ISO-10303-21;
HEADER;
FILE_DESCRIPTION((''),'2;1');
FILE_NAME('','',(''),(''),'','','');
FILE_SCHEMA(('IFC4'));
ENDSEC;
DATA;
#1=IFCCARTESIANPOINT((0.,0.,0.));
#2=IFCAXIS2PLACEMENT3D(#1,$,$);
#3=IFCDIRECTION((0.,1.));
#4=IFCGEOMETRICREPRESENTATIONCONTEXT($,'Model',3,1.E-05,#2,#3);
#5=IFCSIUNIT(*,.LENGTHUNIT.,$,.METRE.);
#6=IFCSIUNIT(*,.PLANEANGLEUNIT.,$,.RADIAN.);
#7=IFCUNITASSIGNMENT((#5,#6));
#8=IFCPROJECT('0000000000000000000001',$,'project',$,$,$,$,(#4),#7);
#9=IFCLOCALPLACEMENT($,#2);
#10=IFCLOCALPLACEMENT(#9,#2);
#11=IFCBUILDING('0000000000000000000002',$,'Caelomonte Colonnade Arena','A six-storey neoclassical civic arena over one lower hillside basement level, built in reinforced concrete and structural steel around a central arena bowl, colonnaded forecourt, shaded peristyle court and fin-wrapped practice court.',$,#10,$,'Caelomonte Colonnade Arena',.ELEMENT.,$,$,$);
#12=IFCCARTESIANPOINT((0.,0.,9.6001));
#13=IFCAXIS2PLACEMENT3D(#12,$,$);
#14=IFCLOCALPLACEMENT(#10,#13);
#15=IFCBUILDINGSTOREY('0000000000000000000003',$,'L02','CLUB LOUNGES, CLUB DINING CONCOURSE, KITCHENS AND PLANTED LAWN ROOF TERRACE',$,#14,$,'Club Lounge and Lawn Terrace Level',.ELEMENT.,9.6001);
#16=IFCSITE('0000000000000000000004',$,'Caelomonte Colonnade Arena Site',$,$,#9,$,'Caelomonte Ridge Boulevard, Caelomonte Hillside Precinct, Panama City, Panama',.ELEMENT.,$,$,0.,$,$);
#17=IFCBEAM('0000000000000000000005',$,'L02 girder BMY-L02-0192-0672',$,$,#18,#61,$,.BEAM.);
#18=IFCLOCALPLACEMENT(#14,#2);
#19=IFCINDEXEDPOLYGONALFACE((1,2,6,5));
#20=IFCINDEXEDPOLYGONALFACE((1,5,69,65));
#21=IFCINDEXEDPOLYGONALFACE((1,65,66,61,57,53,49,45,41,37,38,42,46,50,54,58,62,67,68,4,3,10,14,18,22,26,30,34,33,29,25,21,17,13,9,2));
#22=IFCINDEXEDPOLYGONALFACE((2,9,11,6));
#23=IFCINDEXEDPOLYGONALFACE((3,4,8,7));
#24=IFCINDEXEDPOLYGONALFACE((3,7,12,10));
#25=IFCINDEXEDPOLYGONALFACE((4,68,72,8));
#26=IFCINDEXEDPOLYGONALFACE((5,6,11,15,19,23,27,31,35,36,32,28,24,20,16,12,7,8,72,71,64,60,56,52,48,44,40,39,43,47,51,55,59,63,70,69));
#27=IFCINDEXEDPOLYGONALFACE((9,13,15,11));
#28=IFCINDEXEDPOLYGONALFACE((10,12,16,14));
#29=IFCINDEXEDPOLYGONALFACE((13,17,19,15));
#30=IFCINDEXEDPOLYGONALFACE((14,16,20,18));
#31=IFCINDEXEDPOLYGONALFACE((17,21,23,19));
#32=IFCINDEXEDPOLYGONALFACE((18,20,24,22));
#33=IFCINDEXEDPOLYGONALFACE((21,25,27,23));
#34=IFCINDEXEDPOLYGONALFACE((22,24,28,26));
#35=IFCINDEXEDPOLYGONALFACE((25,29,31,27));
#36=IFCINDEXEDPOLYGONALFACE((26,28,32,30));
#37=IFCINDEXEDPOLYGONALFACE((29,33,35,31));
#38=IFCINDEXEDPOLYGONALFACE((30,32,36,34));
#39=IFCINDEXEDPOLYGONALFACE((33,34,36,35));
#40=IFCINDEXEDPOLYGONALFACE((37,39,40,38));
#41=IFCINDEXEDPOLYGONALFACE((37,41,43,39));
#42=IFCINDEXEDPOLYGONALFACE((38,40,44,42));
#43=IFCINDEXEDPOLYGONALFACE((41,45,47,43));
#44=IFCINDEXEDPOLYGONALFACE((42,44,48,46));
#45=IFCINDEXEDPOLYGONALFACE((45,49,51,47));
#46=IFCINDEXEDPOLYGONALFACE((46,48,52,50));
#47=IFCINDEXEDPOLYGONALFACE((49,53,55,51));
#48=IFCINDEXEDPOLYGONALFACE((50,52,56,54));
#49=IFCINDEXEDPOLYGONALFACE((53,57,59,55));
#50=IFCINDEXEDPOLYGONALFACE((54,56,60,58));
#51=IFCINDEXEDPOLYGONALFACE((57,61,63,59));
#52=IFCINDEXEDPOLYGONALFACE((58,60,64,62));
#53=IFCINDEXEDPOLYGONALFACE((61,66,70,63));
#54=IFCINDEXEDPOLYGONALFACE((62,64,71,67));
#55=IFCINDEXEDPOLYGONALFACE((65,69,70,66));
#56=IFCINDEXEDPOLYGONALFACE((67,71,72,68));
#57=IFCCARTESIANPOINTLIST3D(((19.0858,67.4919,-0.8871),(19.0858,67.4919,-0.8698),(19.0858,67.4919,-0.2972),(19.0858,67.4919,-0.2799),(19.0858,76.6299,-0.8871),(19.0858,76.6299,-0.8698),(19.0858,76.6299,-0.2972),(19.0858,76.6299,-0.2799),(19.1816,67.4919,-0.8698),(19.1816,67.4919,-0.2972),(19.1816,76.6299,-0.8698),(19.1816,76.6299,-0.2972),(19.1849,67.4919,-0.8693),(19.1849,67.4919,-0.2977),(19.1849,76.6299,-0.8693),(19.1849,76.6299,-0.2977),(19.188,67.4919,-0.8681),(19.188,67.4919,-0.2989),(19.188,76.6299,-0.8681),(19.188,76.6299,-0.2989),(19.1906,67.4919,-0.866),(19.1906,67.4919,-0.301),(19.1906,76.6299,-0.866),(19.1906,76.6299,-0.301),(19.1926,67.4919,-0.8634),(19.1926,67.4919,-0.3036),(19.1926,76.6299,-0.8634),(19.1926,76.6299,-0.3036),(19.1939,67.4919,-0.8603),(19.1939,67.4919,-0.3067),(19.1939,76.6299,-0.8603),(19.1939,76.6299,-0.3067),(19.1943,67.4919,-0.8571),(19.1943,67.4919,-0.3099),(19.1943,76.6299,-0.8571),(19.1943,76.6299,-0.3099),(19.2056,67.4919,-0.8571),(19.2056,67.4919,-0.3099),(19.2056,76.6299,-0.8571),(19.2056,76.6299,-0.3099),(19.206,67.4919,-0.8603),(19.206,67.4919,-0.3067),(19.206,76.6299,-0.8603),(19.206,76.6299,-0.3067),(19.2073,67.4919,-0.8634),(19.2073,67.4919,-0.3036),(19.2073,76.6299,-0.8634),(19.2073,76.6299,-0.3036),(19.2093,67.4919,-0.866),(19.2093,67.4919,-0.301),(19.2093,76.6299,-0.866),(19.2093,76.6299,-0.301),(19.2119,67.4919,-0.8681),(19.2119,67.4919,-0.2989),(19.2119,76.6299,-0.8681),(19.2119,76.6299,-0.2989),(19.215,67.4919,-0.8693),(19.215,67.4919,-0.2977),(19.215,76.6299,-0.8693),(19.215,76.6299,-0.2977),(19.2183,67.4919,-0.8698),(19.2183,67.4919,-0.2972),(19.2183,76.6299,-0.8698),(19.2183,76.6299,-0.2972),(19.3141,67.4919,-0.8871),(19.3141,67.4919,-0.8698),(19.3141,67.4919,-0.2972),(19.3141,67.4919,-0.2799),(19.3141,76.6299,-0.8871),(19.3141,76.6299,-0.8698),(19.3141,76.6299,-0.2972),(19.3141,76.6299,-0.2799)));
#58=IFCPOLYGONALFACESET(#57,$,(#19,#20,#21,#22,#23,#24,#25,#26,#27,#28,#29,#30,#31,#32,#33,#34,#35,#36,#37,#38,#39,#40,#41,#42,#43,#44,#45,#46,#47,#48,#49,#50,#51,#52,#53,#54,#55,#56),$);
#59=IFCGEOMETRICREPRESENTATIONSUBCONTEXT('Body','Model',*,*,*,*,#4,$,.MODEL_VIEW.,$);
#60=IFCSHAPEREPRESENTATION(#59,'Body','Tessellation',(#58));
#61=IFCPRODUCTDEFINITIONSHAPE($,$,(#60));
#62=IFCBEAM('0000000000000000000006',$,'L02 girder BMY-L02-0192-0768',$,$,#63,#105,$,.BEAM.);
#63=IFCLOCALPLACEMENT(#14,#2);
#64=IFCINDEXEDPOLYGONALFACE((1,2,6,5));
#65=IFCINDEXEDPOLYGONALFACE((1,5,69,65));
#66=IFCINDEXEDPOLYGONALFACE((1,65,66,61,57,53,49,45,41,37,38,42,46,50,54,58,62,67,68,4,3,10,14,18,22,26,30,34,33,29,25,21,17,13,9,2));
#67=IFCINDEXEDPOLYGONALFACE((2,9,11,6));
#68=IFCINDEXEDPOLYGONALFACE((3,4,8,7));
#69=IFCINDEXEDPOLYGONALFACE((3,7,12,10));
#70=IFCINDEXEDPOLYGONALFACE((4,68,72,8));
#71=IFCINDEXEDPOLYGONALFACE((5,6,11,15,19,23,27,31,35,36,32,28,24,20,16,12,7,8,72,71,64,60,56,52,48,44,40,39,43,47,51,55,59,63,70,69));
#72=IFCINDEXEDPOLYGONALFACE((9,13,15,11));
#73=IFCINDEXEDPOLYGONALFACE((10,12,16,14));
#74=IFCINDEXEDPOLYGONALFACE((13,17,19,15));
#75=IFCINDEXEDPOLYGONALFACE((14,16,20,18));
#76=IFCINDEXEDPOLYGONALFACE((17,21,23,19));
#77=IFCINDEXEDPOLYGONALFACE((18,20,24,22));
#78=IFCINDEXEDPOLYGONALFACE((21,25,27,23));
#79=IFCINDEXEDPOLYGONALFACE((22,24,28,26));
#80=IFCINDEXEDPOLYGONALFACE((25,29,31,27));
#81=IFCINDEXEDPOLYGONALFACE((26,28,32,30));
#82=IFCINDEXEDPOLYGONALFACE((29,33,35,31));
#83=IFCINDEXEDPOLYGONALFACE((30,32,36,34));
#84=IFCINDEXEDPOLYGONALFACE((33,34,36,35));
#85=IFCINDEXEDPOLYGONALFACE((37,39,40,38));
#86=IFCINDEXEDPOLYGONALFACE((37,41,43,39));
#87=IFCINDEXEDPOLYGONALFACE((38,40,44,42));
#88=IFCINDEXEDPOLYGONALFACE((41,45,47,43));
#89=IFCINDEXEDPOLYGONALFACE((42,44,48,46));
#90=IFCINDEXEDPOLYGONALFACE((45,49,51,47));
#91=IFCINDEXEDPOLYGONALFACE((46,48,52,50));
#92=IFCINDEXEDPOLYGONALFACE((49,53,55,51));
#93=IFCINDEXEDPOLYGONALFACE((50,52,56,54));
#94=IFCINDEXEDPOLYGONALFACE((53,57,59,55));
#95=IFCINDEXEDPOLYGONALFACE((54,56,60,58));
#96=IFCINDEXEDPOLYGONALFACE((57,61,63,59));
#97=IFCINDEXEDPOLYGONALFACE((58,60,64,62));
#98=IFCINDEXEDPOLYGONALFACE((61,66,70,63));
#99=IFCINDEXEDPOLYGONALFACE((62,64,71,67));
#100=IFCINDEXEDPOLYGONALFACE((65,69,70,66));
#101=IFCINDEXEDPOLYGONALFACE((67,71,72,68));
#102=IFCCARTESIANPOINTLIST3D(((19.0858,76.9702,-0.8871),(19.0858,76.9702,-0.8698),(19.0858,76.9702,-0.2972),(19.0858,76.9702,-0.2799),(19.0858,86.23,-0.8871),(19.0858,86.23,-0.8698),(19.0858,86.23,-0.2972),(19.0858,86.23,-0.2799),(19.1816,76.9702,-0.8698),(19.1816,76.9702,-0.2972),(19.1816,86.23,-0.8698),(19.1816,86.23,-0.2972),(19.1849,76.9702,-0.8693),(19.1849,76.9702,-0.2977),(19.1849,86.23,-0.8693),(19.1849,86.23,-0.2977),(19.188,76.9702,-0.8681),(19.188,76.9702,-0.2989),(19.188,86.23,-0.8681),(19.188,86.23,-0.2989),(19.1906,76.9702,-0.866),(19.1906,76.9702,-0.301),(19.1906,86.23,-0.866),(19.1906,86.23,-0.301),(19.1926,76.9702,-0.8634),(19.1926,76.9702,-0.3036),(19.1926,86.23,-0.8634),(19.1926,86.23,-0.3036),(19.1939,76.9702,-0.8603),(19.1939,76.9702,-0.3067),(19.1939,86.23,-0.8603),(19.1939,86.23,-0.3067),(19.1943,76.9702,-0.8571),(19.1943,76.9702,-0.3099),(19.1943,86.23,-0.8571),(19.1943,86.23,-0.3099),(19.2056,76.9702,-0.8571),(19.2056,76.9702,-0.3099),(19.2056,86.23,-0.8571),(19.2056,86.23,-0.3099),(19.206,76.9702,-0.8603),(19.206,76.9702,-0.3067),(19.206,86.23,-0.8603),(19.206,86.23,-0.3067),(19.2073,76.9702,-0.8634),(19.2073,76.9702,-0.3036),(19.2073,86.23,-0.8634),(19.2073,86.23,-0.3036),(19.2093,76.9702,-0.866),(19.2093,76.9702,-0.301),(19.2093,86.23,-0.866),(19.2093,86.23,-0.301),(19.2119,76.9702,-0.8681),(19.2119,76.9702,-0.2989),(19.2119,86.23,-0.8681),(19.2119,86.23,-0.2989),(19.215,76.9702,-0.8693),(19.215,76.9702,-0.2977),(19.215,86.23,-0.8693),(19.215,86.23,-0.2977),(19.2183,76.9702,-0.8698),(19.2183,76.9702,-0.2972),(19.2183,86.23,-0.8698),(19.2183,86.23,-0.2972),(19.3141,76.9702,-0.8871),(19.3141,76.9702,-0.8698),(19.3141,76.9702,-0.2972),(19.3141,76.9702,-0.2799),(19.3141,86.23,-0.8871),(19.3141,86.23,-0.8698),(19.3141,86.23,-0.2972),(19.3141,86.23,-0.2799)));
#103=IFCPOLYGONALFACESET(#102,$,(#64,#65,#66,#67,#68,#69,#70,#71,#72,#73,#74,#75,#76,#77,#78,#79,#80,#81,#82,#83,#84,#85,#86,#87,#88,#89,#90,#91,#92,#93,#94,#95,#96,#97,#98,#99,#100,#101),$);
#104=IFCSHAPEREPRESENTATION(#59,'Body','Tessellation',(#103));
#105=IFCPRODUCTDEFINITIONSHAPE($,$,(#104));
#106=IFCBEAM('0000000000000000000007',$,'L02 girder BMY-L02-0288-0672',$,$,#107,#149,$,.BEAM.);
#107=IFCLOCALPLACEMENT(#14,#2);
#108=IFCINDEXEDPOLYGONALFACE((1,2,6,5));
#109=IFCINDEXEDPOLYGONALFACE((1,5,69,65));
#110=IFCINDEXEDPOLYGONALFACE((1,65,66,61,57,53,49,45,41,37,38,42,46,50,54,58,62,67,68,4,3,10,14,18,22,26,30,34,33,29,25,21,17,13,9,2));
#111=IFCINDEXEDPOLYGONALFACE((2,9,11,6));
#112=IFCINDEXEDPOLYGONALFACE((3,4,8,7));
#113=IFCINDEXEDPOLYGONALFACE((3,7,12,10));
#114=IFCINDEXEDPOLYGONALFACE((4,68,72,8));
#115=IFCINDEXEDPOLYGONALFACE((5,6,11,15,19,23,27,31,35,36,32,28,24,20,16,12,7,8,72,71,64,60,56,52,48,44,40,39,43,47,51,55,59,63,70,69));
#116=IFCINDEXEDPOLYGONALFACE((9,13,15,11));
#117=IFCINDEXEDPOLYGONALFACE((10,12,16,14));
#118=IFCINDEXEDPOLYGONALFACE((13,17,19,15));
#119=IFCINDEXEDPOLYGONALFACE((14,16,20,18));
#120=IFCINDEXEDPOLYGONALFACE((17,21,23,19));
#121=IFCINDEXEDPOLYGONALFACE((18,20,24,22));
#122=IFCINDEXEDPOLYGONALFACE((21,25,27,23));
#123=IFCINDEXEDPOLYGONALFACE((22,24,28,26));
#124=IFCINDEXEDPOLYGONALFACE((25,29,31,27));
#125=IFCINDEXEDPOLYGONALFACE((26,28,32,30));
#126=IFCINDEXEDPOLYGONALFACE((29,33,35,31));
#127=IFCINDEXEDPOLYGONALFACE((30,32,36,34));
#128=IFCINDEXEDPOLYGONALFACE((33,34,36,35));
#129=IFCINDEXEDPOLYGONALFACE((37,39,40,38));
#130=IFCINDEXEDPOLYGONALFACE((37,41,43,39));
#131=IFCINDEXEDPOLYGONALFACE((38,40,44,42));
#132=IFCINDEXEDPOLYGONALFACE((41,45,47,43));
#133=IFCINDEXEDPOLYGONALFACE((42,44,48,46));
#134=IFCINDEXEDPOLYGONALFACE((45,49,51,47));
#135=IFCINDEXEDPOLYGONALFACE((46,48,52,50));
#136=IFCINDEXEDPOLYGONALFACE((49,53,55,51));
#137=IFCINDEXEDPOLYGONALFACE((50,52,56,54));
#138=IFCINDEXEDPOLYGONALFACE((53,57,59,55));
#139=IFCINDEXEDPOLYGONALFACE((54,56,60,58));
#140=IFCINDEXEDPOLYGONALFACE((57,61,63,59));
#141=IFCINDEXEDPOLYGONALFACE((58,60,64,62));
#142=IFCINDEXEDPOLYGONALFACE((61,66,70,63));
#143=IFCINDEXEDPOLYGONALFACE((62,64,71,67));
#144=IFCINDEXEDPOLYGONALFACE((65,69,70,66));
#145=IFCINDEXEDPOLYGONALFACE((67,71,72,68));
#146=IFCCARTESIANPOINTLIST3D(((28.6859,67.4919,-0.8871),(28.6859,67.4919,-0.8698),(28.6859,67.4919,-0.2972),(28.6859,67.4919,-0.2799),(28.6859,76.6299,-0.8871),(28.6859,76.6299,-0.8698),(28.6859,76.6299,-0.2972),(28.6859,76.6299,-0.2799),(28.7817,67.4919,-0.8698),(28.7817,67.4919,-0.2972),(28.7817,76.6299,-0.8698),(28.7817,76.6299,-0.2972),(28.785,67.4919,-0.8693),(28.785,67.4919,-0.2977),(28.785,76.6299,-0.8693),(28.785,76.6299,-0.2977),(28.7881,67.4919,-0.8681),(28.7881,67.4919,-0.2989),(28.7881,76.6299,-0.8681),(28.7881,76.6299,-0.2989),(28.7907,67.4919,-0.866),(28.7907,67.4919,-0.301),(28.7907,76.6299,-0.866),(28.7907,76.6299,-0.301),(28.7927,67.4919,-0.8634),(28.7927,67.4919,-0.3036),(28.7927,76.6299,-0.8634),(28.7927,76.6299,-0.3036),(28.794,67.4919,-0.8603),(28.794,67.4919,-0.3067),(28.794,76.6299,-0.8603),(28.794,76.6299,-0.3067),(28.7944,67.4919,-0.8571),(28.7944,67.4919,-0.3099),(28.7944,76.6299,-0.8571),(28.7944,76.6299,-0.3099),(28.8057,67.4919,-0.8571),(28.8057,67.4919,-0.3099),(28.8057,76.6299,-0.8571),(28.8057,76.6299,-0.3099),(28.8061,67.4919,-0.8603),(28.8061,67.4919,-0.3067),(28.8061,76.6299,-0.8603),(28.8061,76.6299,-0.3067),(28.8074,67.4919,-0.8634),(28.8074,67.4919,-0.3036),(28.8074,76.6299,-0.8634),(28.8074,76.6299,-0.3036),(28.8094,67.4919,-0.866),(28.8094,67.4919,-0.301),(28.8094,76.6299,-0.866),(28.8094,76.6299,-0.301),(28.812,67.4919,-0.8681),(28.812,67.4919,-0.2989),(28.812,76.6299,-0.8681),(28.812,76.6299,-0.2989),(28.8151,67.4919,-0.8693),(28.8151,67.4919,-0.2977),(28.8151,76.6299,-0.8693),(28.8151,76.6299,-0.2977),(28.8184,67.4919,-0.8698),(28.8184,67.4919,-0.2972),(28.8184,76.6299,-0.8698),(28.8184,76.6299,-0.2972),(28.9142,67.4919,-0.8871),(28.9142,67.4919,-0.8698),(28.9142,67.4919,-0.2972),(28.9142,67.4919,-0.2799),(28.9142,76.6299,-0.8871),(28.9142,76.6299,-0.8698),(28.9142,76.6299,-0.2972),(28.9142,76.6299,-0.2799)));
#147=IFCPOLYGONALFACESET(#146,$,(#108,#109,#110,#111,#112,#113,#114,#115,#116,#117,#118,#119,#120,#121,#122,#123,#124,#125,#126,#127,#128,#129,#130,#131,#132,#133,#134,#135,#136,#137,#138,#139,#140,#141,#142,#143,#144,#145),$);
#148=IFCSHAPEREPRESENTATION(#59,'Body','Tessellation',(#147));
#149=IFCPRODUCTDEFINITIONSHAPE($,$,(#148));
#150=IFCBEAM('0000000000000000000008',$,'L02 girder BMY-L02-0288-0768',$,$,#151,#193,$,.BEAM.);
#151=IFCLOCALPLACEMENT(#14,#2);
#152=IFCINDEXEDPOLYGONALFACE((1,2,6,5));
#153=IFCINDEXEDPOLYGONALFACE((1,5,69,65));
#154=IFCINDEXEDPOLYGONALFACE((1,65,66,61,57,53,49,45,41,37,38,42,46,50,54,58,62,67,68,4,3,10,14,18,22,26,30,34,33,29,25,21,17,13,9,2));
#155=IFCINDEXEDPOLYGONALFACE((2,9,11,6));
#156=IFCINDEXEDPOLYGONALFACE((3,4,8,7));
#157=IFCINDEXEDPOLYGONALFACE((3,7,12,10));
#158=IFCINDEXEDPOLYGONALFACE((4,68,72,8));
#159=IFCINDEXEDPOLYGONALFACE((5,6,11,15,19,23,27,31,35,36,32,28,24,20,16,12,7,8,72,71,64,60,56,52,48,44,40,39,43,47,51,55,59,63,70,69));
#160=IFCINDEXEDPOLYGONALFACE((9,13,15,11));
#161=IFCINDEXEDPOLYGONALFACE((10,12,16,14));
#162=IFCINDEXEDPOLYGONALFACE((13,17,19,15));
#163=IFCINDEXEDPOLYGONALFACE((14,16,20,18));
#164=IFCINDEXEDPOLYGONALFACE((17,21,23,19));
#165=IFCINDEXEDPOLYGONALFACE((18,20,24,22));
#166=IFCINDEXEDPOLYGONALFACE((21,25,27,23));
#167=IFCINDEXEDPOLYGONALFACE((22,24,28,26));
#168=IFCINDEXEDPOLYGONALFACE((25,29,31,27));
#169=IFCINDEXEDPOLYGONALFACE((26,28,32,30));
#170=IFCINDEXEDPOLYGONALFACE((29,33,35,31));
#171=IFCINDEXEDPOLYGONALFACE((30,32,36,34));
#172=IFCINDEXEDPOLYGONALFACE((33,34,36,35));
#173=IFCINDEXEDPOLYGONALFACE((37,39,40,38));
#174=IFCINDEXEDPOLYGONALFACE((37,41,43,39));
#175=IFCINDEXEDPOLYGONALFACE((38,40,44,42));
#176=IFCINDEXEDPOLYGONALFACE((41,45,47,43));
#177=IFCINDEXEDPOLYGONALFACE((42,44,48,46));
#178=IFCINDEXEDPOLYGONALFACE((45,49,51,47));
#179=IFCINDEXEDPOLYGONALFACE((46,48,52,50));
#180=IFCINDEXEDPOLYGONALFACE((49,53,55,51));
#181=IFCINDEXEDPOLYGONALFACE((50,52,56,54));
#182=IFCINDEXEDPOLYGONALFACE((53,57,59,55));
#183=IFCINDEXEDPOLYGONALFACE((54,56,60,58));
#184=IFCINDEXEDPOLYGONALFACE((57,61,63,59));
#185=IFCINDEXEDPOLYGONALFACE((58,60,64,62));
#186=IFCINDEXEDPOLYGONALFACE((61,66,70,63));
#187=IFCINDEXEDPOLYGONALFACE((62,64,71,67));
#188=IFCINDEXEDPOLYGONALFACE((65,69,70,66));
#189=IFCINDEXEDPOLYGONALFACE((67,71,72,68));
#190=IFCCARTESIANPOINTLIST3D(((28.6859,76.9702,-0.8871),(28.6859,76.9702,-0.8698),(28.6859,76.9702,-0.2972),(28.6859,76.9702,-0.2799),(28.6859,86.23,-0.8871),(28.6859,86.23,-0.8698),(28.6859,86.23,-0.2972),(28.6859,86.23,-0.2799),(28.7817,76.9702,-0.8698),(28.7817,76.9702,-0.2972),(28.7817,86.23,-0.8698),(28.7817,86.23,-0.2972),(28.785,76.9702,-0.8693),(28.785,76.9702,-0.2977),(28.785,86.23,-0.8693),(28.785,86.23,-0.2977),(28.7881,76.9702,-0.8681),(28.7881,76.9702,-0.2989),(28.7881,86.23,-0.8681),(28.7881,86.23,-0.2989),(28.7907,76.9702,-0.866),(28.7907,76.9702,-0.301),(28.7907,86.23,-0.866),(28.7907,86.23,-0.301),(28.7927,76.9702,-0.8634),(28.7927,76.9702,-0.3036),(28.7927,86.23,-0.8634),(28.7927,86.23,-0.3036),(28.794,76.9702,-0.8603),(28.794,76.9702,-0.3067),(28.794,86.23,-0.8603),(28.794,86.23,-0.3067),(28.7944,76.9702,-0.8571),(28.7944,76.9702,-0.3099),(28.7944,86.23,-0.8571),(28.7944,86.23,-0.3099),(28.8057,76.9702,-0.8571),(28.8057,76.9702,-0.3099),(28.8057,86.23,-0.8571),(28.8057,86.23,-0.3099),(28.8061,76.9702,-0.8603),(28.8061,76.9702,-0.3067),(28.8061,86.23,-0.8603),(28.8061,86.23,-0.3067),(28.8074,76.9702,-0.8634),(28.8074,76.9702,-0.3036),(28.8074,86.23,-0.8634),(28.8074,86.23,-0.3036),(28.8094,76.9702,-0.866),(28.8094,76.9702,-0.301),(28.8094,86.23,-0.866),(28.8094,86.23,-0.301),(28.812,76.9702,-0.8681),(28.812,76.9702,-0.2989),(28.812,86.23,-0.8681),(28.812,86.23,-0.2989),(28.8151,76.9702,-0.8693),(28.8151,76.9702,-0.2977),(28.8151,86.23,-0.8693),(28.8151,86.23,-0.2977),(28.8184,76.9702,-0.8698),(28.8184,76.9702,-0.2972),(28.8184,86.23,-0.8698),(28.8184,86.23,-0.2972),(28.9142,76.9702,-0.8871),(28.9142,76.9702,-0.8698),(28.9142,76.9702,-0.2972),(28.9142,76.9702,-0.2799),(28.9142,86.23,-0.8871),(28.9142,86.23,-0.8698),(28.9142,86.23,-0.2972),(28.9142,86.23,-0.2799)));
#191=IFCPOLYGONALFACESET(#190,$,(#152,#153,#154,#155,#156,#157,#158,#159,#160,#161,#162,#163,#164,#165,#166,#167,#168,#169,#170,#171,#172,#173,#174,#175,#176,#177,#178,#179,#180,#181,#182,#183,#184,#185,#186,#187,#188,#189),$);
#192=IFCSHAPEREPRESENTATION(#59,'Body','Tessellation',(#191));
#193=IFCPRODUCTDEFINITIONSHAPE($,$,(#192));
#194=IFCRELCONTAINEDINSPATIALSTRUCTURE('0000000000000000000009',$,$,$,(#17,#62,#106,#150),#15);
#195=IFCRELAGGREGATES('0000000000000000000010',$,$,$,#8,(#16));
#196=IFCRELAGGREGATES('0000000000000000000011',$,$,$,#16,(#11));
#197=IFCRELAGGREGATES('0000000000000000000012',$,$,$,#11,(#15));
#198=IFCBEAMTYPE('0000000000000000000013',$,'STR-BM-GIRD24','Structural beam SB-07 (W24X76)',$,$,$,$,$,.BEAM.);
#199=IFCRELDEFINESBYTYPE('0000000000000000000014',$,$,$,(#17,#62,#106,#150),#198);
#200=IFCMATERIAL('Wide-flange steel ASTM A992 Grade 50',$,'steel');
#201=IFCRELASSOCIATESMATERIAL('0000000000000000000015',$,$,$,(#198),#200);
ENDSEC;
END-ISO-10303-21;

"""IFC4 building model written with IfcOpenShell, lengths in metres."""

from ifc_helpers import new_model, si_unit, direction, frame, origin, origin_2d, place, context, subcontext, project, spatial, i_section, extrude, material, material_profile, profile_set, type_object, element, save


model = new_model("IFC4")

# Units and contexts
model_context = context("Model", 3, precision=1e-05, world=origin(), true_north=direction((0.0, 1.0)))
body_context = subcontext(model_context, "Body", "Model", "MODEL_VIEW")
ifc_project = project(units=[si_unit("LENGTHUNIT", "METRE"), si_unit("PLANEANGLEUNIT", "RADIAN")], contexts=[model_context])

# Site, building, storey
site_placement = place(None, origin())
site = spatial("IfcSite", under=ifc_project, at=site_placement, Name="Caelomonte Colonnade Arena Site", LongName="Caelomonte Ridge Boulevard, Caelomonte Hillside Precinct, Panama City, Panama", CompositionType="ELEMENT", RefElevation=0.0)
building_placement = place(site_placement, origin())
building = spatial("IfcBuilding", under=site, at=building_placement, Name="Caelomonte Colonnade Arena", Description="A six-storey neoclassical civic arena over one lower hillside basement level, built in reinforced concrete and structural steel around a central arena bowl, colonnaded forecourt, shaded peristyle court and fin-wrapped practice court.", LongName="Caelomonte Colonnade Arena", CompositionType="ELEMENT")
storey_placement = place(building_placement, frame((0.0, 0.0, 9.6001)))
storey = spatial("IfcBuildingStorey", under=building, at=storey_placement, Name="L02", Description="CLUB LOUNGES, CLUB DINING CONCOURSE, KITCHENS AND PLANTED LAWN ROOF TERRACE", LongName="Club Lounge and Lawn Terrace Level", CompositionType="ELEMENT", Elevation=9.6001)

# Beams
ifc_material_1 = material(Name="Wide-flange steel ASTM A992 Grade 50", Category="steel")
ifc_material_profile_1 = material_profile(ifc_material_1, i_section(OverallWidth=0.2283, OverallDepth=0.6072, WebThickness=0.0112, FlangeThickness=0.0173, FilletRadius=0.0127, at=origin_2d()), Name="W24X76")
ifc_profile_set_1 = profile_set([ifc_material_profile_1], Name="Wide-flange steel ASTM A992 Grade 50")
beam_type_1 = type_object("IfcBeamType", Name="STR-BM-GIRD24", Description="Structural beam SB-07 (W24X76)", PredefinedType="BEAM", material=ifc_profile_set_1)
beam_1_placement = place(storey_placement, frame((19.2, 67.4919, -0.5835), z_axis=(0.0, 1.0, 0.0), x_axis=(-1.0, 0.0, 0.0)))
element("IfcBeam", 1, at=beam_1_placement, inside=storey, type_object=beam_type_1, Name="L02 girder BMY-L02-0192-0672", PredefinedType="BEAM", context=body_context, shape_type="SweptSolid", body=[
    extrude(i_section(OverallWidth=0.2283, OverallDepth=0.6072, WebThickness=0.0112, FlangeThickness=0.0173, FilletRadius=0.0127, at=origin_2d()), origin(), (0.0, 0.0, 1.0), 9.1379),
])
beam_2_placement = place(storey_placement, frame((19.2, 76.9702, -0.5835), z_axis=(0.0, 1.0, 0.0), x_axis=(-1.0, 0.0, 0.0)))
element("IfcBeam", 2, at=beam_2_placement, inside=storey, type_object=beam_type_1, Name="L02 girder BMY-L02-0192-0768", PredefinedType="BEAM", context=body_context, shape_type="SweptSolid", body=[
    extrude(i_section(OverallWidth=0.2283, OverallDepth=0.6072, WebThickness=0.0112, FlangeThickness=0.0173, FilletRadius=0.0127, at=origin_2d()), origin(), (0.0, 0.0, 1.0), 9.2598),
])
beam_3_placement = place(storey_placement, frame((28.8, 67.4919, -0.5835), z_axis=(0.0, 1.0, 0.0), x_axis=(-1.0, 0.0, 0.0)))
element("IfcBeam", 3, at=beam_3_placement, inside=storey, type_object=beam_type_1, Name="L02 girder BMY-L02-0288-0672", PredefinedType="BEAM", context=body_context, shape_type="SweptSolid", body=[
    extrude(i_section(OverallWidth=0.2283, OverallDepth=0.6072, WebThickness=0.0112, FlangeThickness=0.0173, FilletRadius=0.0127, at=origin_2d()), origin(), (0.0, 0.0, 1.0), 9.1379),
])
beam_4_placement = place(storey_placement, frame((28.8, 76.9702, -0.5835), z_axis=(0.0, 1.0, 0.0), x_axis=(-1.0, 0.0, 0.0)))
element("IfcBeam", 4, at=beam_4_placement, inside=storey, type_object=beam_type_1, Name="L02 girder BMY-L02-0288-0768", PredefinedType="BEAM", context=body_context, shape_type="SweptSolid", body=[
    extrude(i_section(OverallWidth=0.2283, OverallDepth=0.6072, WebThickness=0.0112, FlangeThickness=0.0173, FilletRadius=0.0127, at=origin_2d()), origin(), (0.0, 0.0, 1.0), 9.2598),
])

save(model, "model.ifc")
